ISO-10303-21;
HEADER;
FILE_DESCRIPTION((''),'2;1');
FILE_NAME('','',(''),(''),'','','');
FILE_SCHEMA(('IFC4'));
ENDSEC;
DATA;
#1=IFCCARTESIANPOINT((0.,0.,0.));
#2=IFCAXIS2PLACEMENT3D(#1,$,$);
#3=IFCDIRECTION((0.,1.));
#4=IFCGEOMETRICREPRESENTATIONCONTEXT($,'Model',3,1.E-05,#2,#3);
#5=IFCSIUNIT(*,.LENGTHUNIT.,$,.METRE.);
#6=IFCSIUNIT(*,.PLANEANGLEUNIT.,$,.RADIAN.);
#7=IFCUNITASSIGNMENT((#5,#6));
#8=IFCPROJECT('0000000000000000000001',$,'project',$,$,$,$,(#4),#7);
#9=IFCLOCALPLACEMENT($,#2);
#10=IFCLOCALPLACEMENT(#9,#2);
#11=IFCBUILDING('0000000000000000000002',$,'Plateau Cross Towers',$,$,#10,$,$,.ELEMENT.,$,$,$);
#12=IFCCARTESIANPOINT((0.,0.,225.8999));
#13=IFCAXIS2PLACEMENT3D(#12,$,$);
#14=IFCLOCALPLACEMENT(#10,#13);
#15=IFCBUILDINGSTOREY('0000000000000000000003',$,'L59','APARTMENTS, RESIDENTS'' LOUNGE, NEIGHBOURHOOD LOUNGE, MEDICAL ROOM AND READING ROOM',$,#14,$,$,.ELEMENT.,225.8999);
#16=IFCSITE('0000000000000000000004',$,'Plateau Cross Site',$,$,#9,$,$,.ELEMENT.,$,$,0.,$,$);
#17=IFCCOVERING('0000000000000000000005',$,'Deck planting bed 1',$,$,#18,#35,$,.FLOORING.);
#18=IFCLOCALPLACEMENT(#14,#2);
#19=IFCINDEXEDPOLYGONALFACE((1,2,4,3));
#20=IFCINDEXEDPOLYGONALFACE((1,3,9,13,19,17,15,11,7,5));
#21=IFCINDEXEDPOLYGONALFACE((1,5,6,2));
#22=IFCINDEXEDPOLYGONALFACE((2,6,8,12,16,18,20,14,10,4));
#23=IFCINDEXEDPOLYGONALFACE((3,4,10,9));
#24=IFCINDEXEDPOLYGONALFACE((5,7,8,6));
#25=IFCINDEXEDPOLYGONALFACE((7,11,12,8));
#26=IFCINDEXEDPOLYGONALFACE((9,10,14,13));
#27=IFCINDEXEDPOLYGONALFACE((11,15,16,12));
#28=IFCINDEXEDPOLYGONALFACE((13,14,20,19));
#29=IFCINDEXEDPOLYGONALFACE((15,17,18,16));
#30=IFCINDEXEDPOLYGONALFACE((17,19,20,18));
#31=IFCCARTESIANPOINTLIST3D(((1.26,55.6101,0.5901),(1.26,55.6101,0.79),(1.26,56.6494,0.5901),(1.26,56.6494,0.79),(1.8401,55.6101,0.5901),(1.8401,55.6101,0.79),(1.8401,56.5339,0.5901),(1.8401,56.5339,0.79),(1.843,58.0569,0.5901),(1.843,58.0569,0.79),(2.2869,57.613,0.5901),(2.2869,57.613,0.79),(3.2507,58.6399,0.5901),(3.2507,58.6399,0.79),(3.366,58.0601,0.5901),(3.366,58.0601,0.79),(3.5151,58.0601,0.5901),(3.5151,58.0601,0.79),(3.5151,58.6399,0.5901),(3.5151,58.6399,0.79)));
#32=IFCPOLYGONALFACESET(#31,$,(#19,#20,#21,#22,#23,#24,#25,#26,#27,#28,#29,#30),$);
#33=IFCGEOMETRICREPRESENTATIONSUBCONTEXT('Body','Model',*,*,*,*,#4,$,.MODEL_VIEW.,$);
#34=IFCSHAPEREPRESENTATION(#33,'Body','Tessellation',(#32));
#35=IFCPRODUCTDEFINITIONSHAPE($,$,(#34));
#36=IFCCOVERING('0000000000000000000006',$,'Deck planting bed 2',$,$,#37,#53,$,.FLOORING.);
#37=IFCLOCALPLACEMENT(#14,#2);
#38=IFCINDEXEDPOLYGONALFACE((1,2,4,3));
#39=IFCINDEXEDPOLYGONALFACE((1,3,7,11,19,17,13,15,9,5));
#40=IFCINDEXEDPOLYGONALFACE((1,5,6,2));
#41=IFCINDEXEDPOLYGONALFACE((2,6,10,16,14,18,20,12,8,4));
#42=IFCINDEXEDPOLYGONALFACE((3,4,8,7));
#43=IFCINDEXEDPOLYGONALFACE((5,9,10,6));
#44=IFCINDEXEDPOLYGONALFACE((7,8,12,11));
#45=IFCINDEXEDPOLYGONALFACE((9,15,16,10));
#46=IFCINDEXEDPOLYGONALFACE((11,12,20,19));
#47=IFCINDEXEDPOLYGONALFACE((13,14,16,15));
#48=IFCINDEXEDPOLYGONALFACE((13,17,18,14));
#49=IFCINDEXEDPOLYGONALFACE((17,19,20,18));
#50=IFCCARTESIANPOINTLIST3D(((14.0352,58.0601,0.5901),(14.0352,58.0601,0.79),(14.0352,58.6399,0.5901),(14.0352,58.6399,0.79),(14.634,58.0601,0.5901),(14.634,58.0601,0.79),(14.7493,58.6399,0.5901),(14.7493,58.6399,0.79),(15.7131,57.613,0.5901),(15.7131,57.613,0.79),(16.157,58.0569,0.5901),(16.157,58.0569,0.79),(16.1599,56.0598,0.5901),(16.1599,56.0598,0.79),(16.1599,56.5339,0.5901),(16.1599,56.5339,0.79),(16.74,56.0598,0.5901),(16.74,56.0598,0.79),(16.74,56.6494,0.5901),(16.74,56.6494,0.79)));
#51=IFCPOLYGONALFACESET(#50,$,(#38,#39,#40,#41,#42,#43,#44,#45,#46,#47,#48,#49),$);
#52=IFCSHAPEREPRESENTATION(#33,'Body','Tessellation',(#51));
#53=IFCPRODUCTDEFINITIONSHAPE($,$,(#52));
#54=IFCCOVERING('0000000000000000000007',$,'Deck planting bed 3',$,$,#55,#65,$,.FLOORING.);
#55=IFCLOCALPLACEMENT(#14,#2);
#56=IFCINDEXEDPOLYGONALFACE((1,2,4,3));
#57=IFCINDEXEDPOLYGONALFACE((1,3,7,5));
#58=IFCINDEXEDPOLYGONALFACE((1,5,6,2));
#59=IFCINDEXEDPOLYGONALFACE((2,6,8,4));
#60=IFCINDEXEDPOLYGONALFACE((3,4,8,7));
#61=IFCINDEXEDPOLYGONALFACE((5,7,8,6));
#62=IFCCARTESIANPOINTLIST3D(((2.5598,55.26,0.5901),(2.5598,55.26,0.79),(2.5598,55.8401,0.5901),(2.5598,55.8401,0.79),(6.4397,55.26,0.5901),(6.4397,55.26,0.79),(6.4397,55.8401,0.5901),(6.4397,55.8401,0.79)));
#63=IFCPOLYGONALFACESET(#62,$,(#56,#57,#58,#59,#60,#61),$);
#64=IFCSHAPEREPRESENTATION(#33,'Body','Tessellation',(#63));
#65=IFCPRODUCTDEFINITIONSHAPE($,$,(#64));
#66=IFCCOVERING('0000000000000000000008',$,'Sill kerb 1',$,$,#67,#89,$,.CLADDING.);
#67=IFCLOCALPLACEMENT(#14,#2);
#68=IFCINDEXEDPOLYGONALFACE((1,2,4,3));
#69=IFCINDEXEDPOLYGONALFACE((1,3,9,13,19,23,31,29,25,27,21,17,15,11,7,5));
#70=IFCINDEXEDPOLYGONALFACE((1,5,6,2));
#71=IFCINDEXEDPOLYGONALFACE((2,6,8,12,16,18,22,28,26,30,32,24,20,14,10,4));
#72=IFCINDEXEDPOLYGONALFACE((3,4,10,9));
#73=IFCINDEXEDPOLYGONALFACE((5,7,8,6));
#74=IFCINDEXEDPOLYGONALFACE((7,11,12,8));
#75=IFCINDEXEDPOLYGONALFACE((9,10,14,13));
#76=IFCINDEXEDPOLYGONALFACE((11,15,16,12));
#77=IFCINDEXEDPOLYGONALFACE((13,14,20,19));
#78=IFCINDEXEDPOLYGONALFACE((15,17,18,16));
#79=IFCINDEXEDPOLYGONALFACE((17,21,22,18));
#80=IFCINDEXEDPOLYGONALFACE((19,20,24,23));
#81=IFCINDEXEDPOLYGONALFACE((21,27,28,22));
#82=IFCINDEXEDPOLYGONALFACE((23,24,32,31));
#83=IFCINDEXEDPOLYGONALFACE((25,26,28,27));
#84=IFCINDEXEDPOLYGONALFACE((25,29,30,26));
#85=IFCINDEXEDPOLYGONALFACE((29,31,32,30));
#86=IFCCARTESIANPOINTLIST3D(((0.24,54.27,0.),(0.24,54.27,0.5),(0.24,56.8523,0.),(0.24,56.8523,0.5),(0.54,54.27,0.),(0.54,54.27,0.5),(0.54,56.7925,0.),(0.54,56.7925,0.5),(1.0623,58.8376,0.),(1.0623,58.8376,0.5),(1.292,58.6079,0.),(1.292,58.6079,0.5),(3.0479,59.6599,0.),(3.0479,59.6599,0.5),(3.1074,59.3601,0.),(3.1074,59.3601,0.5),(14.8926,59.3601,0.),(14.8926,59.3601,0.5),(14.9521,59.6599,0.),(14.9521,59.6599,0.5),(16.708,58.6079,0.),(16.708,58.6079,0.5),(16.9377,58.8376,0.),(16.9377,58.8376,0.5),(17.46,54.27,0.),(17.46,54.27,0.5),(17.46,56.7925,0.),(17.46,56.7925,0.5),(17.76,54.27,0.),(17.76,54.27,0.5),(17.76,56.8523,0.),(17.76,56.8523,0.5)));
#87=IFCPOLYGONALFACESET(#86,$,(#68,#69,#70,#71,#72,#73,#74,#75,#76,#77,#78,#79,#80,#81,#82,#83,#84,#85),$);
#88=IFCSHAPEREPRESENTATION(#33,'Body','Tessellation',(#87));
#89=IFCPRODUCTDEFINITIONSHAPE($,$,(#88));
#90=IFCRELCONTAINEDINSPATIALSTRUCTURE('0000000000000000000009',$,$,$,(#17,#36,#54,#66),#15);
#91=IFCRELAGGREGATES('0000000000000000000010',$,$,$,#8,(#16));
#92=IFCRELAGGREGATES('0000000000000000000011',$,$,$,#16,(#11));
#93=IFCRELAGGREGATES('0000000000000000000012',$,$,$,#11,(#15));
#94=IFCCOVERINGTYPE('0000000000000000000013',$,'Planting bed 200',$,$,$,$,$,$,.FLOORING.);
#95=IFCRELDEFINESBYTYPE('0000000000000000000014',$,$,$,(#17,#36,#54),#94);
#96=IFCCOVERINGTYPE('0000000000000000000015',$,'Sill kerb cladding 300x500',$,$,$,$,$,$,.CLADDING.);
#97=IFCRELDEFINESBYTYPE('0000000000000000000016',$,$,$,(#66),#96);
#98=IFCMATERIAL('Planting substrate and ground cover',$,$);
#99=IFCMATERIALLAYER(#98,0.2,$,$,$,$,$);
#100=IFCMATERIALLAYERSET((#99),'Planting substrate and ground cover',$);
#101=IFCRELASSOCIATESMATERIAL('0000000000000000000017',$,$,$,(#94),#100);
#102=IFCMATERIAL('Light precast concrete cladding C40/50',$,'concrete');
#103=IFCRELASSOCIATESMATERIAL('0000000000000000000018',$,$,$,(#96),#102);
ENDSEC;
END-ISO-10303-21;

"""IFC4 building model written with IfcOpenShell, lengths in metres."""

from ifc_helpers import new_model, si_unit, direction, frame, origin, place, context, subcontext, project, spatial, polyline, outline, extrude, material, layer, layer_set, type_object, element, save


model = new_model("IFC4")

# Units and contexts
model_context = context("Model", 3, precision=1e-05, world=origin(), true_north=direction((0.0, 1.0)))
body_context = subcontext(model_context, "Body", "Model", "MODEL_VIEW")
ifc_project = project(units=[si_unit("LENGTHUNIT", "METRE"), si_unit("PLANEANGLEUNIT", "RADIAN")], contexts=[model_context])

# Site, building, storey
site_placement = place(None, origin())
site = spatial("IfcSite", under=ifc_project, at=site_placement, Name="Plateau Cross Site", CompositionType="ELEMENT", RefElevation=0.0)
building_placement = place(site_placement, origin())
building = spatial("IfcBuilding", under=site, at=building_placement, Name="Plateau Cross Towers", CompositionType="ELEMENT")
storey_placement = place(building_placement, frame((0.0, 0.0, 225.8999)))
storey = spatial("IfcBuildingStorey", under=building, at=storey_placement, Name="L59", Description="APARTMENTS, RESIDENTS' LOUNGE, NEIGHBOURHOOD LOUNGE, MEDICAL ROOM AND READING ROOM", CompositionType="ELEMENT", Elevation=225.8999)

# Coverings
ifc_material_1 = material(Name="Light precast concrete cladding C40/50", Category="concrete")
ifc_material_2 = material(Name="Planting substrate and ground cover")
ifc_layer_1 = layer(ifc_material_2, 0.2)
ifc_layer_set_1 = layer_set([ifc_layer_1], Name="Planting substrate and ground cover")
covering_type_1 = type_object("IfcCoveringType", Name="Planting bed 200", PredefinedType="FLOORING", material=ifc_layer_set_1)
covering_1_placement = place(storey_placement, frame((0.0, 0.0, 0.5901)))
element("IfcCovering", 1, at=covering_1_placement, inside=storey, type_object=covering_type_1, Name="Deck planting bed 1", PredefinedType="FLOORING", context=body_context, shape_type="SweptSolid", body=[
    extrude(outline(polyline([(1.26, 56.6494), (1.843, 58.0569), (3.2507, 58.6399), (3.5151, 58.6399), (3.5151, 58.0601), (3.366, 58.0601), (2.2869, 57.613), (1.8401, 56.5339), (1.8401, 55.6101), (1.26, 55.6101), (1.26, 56.6494)])), origin(), (0.0, 0.0, 1.0), 0.2),
])
covering_2_placement = place(storey_placement, frame((0.0, 0.0, 0.5901)))
element("IfcCovering", 2, at=covering_2_placement, inside=storey, type_object=covering_type_1, Name="Deck planting bed 2", PredefinedType="FLOORING", context=body_context, shape_type="SweptSolid", body=[
    extrude(outline(polyline([(14.7493, 58.6399), (16.157, 58.0569), (16.74, 56.6494), (16.74, 56.0598), (16.1599, 56.0598), (16.1599, 56.5339), (15.7131, 57.613), (14.634, 58.0601), (14.0352, 58.0601), (14.0352, 58.6399), (14.7493, 58.6399)])), origin(), (0.0, 0.0, 1.0), 0.2),
])
covering_3_placement = place(storey_placement, frame((0.0, 0.0, 0.5901)))
element("IfcCovering", 3, at=covering_3_placement, inside=storey, type_object=covering_type_1, Name="Deck planting bed 3", PredefinedType="FLOORING", context=body_context, shape_type="SweptSolid", body=[
    extrude(outline(polyline([(2.5598, 55.26), (2.5598, 55.8401), (6.4397, 55.8401), (6.4397, 55.26), (2.5598, 55.26)])), origin(), (0.0, 0.0, 1.0), 0.2),
])
covering_type_2 = type_object("IfcCoveringType", Name="Sill kerb cladding 300x500", PredefinedType="CLADDING", material=ifc_material_1)
covering_4_placement = place(storey_placement, origin())
element("IfcCovering", 4, at=covering_4_placement, inside=storey, type_object=covering_type_2, Name="Sill kerb 1", PredefinedType="CLADDING", context=body_context, shape_type="SweptSolid", body=[
    extrude(outline(polyline([(0.24, 56.8523), (1.0623, 58.8376), (3.0479, 59.6599), (14.9521, 59.6599), (16.9377, 58.8376), (17.76, 56.8523), (17.76, 54.27), (17.46, 54.27), (17.46, 56.7925), (16.708, 58.6079), (14.8926, 59.3601), (3.1074, 59.3601), (1.292, 58.6079), (0.54, 56.7925), (0.54, 54.27), (0.24, 54.27), (0.24, 56.8523)])), origin(), (0.0, 0.0, 1.0), 0.5),
])

save(model, "model.ifc")
